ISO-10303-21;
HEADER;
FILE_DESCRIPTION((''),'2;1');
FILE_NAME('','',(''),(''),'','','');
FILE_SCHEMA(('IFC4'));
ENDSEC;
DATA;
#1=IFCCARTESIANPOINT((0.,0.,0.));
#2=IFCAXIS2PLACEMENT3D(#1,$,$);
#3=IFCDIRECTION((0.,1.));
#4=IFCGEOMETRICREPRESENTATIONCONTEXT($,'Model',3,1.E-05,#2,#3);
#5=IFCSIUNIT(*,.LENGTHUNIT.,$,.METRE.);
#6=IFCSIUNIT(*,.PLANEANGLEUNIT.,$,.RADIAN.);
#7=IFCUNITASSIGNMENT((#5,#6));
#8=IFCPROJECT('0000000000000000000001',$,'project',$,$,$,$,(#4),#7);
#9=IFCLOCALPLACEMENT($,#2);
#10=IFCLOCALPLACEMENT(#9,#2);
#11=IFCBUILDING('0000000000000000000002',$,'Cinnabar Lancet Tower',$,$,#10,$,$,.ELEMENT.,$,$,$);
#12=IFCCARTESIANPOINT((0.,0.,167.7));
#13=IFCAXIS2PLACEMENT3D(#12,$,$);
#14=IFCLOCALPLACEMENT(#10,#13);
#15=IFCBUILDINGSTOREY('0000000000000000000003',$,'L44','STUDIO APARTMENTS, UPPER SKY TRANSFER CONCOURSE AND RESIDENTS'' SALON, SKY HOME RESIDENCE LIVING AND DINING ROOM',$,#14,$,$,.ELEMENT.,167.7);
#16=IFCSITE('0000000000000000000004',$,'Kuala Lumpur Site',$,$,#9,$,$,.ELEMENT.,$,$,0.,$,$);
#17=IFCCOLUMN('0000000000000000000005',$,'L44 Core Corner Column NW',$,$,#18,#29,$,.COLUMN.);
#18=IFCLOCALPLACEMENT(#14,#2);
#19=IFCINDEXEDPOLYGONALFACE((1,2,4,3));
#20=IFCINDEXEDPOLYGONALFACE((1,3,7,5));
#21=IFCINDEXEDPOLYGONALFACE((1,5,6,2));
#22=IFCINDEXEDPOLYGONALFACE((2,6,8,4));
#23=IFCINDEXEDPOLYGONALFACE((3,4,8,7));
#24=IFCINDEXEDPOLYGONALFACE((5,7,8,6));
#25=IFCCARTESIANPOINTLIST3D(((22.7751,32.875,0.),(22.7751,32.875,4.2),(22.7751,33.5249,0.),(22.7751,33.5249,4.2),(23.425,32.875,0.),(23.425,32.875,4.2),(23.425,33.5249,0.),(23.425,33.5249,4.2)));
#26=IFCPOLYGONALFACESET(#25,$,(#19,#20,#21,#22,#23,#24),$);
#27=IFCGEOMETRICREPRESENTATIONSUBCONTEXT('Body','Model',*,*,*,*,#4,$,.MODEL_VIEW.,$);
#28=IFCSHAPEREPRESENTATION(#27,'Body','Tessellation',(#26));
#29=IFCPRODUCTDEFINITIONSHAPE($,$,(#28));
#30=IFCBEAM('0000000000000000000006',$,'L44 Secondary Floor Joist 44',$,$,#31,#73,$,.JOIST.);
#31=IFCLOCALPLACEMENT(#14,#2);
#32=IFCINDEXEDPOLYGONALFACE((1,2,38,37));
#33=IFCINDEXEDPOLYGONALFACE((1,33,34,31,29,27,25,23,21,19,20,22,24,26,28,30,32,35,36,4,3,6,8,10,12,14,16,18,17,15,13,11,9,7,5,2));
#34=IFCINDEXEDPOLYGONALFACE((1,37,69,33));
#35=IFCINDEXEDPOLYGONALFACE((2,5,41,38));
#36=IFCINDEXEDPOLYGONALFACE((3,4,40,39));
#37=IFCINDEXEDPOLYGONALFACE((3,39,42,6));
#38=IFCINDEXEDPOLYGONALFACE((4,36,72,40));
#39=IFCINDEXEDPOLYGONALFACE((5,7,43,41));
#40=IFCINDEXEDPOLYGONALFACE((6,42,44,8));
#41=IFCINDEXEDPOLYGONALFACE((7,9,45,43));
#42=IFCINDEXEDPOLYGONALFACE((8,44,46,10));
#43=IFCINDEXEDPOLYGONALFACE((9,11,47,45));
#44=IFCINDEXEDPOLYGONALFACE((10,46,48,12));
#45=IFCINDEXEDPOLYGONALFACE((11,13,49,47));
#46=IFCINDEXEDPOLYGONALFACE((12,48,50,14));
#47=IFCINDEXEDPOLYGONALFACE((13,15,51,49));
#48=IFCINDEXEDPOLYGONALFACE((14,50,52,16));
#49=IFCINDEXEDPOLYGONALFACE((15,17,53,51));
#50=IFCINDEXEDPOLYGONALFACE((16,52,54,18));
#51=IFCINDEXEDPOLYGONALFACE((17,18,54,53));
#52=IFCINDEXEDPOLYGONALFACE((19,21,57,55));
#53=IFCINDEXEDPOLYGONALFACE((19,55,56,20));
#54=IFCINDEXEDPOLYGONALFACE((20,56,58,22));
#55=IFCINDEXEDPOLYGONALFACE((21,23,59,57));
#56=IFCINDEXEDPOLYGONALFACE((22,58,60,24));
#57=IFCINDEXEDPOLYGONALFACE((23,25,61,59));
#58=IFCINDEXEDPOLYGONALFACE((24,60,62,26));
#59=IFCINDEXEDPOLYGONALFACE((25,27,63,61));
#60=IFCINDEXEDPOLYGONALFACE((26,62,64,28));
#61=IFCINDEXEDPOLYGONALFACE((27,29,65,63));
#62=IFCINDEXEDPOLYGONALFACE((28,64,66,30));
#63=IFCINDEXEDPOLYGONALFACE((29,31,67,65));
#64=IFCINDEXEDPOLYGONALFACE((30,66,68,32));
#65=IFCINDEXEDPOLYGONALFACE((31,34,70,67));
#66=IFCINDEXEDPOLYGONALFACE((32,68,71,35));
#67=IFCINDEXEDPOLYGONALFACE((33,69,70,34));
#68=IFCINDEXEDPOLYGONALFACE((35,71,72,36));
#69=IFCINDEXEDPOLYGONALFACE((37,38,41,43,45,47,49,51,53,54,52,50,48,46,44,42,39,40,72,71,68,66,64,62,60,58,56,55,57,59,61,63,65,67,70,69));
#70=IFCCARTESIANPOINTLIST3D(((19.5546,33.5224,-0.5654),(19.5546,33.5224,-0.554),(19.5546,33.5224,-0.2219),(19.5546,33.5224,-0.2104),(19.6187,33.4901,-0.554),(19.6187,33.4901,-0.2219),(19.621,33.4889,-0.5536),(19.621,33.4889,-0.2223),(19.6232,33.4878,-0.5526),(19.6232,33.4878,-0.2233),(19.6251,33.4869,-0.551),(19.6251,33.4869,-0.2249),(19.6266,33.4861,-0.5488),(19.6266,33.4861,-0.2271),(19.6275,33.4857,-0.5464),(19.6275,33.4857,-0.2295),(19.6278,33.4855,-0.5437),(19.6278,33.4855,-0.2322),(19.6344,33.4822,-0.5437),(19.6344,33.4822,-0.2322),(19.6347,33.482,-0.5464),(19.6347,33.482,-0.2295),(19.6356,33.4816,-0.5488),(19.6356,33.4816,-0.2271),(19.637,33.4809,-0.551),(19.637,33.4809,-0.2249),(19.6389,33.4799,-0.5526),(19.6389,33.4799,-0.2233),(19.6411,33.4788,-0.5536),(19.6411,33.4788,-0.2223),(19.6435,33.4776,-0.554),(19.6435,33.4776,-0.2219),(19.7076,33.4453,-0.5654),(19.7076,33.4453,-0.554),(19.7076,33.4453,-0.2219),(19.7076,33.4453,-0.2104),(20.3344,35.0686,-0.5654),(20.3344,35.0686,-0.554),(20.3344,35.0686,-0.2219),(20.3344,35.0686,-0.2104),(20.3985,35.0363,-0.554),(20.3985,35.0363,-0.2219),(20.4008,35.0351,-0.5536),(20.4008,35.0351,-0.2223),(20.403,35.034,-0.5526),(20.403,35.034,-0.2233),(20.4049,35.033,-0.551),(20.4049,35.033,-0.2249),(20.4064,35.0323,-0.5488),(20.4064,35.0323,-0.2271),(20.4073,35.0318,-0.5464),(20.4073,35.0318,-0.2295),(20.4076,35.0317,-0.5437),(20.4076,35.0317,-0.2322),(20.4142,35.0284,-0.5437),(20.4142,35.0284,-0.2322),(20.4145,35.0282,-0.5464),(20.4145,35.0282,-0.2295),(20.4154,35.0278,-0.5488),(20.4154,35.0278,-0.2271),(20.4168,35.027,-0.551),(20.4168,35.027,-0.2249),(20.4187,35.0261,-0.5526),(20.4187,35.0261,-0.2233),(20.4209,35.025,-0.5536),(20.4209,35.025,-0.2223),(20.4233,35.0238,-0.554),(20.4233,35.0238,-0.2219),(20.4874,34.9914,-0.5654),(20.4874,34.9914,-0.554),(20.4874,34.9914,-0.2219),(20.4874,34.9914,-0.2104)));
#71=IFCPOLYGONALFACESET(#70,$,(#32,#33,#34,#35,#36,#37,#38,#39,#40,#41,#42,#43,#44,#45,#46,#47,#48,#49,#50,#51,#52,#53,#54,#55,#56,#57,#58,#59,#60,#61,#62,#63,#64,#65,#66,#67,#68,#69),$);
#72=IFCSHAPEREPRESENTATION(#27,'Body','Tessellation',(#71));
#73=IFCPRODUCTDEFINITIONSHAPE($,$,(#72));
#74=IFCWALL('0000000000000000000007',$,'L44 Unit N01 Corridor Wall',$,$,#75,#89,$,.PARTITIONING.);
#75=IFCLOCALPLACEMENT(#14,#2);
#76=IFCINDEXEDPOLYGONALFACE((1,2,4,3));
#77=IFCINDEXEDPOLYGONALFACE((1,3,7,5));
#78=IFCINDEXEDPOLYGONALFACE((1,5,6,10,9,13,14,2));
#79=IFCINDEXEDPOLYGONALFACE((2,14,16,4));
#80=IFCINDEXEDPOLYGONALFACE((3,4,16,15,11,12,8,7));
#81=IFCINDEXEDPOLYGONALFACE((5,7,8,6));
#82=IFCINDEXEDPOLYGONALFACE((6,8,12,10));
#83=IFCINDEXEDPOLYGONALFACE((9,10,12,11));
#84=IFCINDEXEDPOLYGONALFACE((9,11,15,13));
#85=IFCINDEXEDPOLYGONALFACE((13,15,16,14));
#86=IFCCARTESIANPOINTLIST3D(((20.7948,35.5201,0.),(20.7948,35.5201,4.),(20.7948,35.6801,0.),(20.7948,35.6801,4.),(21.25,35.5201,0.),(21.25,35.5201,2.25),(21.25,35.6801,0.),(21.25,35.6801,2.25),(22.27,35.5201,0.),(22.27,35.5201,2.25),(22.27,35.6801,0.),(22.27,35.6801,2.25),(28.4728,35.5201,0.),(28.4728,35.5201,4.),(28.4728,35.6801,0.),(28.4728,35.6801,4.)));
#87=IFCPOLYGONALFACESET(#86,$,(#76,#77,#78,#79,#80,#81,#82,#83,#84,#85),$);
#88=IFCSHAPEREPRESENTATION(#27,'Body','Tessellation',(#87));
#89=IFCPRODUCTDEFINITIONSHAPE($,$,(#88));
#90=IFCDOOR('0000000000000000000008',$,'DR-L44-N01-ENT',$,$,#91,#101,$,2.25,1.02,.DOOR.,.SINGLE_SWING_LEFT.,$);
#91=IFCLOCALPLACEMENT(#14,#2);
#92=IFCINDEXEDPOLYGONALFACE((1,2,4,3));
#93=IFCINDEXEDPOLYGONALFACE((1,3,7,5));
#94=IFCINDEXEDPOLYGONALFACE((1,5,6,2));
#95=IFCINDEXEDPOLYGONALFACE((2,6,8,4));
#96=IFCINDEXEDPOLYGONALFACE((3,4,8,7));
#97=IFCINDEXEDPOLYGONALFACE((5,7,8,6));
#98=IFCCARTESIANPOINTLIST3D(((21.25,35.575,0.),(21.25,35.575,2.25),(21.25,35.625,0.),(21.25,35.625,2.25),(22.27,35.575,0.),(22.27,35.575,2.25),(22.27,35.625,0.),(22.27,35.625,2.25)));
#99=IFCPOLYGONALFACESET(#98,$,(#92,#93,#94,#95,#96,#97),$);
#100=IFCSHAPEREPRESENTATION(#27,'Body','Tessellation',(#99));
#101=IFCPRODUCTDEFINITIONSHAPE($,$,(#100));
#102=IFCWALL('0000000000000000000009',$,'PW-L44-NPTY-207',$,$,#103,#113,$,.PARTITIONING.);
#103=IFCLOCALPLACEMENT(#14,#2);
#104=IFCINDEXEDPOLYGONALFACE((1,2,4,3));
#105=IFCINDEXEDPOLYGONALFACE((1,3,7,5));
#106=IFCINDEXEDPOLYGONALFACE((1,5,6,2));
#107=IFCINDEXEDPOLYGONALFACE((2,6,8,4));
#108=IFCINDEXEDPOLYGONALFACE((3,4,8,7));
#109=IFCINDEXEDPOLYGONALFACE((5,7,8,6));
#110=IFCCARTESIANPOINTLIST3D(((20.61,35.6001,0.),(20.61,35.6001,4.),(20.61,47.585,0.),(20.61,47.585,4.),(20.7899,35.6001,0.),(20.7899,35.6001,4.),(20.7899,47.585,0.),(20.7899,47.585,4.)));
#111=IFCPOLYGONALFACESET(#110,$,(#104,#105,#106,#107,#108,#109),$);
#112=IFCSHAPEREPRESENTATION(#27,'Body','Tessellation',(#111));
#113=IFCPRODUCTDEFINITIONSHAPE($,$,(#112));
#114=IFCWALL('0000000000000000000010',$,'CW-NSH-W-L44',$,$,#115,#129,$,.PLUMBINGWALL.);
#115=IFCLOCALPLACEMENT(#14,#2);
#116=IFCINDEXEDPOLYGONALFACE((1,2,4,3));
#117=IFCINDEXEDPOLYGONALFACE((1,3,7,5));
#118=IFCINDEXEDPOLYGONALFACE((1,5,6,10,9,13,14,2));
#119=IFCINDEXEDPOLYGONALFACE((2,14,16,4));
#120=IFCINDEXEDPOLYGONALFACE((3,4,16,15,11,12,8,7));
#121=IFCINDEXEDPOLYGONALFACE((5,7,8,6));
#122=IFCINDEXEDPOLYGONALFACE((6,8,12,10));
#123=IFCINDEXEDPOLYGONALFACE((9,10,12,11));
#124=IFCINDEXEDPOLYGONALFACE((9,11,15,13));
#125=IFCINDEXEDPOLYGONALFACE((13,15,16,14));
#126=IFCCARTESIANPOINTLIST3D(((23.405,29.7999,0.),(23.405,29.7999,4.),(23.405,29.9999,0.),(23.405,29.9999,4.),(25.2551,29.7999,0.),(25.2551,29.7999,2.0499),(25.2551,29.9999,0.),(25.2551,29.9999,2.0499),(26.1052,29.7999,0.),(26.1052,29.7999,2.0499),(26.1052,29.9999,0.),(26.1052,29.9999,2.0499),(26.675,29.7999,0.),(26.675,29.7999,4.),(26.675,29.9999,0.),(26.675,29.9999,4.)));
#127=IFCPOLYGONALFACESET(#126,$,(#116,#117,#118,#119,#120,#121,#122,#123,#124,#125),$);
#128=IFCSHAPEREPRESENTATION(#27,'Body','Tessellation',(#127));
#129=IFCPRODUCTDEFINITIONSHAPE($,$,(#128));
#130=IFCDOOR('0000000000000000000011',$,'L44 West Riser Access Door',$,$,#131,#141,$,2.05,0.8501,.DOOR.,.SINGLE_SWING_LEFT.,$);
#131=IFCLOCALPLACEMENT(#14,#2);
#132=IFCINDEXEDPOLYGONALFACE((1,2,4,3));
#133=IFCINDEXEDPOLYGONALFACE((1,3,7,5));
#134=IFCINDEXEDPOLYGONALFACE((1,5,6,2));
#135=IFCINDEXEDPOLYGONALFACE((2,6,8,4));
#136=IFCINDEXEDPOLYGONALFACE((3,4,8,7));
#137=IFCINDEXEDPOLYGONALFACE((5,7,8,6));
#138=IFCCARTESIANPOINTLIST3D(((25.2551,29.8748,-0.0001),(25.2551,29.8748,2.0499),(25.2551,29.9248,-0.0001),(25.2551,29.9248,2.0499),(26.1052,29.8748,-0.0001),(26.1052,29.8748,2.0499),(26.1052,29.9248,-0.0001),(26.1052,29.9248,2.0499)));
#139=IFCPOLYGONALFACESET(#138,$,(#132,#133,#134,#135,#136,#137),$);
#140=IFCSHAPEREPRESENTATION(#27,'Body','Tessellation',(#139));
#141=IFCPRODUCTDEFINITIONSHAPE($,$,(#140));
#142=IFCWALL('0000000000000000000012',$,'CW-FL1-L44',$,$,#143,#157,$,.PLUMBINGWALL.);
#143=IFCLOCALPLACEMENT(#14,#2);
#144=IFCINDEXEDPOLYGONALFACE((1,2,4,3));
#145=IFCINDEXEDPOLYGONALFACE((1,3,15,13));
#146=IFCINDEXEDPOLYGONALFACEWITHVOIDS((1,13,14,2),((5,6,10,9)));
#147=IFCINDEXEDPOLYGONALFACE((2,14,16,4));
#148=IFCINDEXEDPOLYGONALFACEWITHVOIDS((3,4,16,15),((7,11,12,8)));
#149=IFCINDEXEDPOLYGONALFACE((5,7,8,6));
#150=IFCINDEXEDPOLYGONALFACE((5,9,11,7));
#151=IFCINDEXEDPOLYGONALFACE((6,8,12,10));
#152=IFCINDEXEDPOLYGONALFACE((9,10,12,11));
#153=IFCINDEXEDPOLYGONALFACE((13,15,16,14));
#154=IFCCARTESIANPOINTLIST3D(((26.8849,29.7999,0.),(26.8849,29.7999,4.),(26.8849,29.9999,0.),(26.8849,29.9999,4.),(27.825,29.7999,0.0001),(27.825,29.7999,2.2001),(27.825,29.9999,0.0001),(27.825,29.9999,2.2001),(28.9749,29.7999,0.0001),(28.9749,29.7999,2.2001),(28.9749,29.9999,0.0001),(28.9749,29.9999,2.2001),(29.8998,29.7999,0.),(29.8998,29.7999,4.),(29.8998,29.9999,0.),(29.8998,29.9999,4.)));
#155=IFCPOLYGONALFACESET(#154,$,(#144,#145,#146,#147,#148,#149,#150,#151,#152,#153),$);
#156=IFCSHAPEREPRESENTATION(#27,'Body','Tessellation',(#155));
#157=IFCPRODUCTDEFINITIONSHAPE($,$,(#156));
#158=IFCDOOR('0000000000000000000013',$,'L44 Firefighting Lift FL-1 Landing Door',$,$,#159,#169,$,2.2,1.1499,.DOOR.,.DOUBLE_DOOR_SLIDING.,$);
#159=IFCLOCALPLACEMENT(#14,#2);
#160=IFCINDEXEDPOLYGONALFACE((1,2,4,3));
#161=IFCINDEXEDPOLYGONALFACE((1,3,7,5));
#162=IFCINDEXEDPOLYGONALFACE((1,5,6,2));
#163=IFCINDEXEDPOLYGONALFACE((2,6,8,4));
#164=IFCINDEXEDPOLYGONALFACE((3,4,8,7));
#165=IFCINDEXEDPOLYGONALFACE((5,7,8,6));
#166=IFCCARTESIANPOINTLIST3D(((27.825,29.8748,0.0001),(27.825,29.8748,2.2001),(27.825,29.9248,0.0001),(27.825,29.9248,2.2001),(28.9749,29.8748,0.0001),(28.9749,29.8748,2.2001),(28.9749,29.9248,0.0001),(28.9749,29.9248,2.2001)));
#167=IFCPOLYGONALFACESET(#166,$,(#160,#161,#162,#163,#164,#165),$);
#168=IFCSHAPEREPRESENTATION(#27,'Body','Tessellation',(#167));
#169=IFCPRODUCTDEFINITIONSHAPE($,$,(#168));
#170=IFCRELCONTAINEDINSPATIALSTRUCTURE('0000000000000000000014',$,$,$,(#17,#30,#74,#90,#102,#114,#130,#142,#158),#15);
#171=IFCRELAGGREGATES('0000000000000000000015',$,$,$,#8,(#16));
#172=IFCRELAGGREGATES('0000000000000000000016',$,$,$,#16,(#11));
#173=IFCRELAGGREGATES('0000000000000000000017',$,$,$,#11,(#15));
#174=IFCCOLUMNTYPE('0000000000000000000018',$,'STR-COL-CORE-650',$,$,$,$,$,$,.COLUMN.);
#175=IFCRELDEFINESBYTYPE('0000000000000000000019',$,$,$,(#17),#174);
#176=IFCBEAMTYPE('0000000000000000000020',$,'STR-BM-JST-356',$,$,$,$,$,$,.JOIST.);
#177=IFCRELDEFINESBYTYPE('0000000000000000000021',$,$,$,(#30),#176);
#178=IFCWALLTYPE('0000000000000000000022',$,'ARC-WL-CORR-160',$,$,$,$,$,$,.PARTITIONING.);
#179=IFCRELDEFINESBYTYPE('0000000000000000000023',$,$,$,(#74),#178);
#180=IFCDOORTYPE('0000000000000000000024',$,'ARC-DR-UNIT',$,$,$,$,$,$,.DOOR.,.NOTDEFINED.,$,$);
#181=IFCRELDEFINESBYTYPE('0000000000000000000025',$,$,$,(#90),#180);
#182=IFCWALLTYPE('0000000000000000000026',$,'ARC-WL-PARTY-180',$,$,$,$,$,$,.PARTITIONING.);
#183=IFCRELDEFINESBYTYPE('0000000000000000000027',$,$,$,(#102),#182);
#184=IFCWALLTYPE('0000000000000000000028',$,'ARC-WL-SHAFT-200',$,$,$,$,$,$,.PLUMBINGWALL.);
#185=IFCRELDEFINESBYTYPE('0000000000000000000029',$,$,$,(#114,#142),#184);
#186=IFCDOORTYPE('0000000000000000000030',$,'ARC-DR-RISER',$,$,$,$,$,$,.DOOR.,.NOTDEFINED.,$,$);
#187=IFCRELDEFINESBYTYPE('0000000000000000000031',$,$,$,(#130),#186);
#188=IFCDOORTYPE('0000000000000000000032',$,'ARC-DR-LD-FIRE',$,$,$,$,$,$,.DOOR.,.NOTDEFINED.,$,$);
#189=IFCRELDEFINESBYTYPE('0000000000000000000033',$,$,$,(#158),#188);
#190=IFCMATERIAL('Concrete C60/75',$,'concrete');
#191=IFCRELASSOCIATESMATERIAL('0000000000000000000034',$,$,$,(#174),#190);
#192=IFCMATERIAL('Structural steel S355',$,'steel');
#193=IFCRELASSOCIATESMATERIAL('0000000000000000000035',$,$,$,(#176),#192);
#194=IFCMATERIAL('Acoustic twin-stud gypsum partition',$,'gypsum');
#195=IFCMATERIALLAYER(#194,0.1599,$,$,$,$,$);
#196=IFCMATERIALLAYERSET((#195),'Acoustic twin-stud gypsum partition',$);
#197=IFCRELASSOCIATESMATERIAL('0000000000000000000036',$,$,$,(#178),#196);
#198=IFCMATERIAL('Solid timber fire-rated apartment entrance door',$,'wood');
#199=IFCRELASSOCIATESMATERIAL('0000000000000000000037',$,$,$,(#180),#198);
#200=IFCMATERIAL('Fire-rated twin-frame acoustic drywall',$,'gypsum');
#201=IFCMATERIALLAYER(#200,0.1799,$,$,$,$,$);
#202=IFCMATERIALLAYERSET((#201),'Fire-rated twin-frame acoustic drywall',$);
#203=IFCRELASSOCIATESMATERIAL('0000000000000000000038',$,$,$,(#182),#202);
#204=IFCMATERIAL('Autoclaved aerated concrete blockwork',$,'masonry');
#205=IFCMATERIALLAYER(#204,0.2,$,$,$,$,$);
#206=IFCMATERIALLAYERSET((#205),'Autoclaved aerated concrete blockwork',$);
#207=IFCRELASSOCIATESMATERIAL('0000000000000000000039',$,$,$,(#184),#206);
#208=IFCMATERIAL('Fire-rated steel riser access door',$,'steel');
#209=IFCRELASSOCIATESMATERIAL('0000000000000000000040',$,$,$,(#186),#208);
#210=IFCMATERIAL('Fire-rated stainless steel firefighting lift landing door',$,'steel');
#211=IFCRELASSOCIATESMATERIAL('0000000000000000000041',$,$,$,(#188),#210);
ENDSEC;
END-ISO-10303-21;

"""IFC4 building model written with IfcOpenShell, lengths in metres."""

from ifc_helpers import new_model, si_unit, direction, frame, frame_2d, origin, origin_2d, place, context, subcontext, project, spatial, rectangle, i_section, extrude, material, layer, layer_set, material_profile, profile_set, type_object, element, fill, save


model = new_model("IFC4")

# Units and contexts
model_context = context("Model", 3, precision=1e-05, world=origin(), true_north=direction((0.0, 1.0)))
body_context = subcontext(model_context, "Body", "Model", "MODEL_VIEW")
ifc_project = project(units=[si_unit("LENGTHUNIT", "METRE"), si_unit("PLANEANGLEUNIT", "RADIAN")], contexts=[model_context])

# Site, building, storey
site_placement = place(None, origin())
site = spatial("IfcSite", under=ifc_project, at=site_placement, Name="Kuala Lumpur Site", CompositionType="ELEMENT", RefElevation=0.0)
building_placement = place(site_placement, origin())
building = spatial("IfcBuilding", under=site, at=building_placement, Name="Cinnabar Lancet Tower", CompositionType="ELEMENT")
storey_placement = place(building_placement, frame((0.0, 0.0, 167.7)))
storey = spatial("IfcBuildingStorey", under=building, at=storey_placement, Name="L44", Description="STUDIO APARTMENTS, UPPER SKY TRANSFER CONCOURSE AND RESIDENTS' SALON, SKY HOME RESIDENCE LIVING AND DINING ROOM", CompositionType="ELEMENT", Elevation=167.7)

# Column
ifc_material_1 = material(Name="Concrete C60/75", Category="concrete")
ifc_material_profile_1 = material_profile(ifc_material_1, rectangle(XDim=0.6499, YDim=0.6499, at=origin_2d()), Name="RC-COL 650x650")
ifc_profile_set_1 = profile_set([ifc_material_profile_1], Name="Concrete C60/75")
column_type = type_object("IfcColumnType", Name="STR-COL-CORE-650", PredefinedType="COLUMN", material=ifc_profile_set_1)
column_placement = place(storey_placement, frame((23.1001, 33.2, 0.0), z_axis=(0.0, 0.0, 1.0), x_axis=(1.0, 0.0, 0.0)))
element("IfcColumn", 1, at=column_placement, inside=storey, type_object=column_type, Name="L44 Core Corner Column NW", PredefinedType="COLUMN", context=body_context, shape_type="SweptSolid", body=[
    extrude(rectangle(XDim=0.6499, YDim=0.6499, at=origin_2d()), origin(), (0.0, 0.0, 1.0), 4.2),
])

# Beam
ifc_material_2 = material(Name="Structural steel S355", Category="steel")
ifc_material_profile_2 = material_profile(ifc_material_2, i_section(OverallWidth=0.1714, OverallDepth=0.355, WebThickness=0.0073, FlangeThickness=0.0115, FilletRadius=0.0103, at=origin_2d()), Name="UKB 356x171x51")
ifc_profile_set_2 = profile_set([ifc_material_profile_2], Name="Structural steel S355")
beam_type = type_object("IfcBeamType", Name="STR-BM-JST-356", PredefinedType="JOIST", material=ifc_profile_set_2)
beam_placement = place(storey_placement, frame((20.4109, 35.03, -0.3879), z_axis=(-0.450313, -0.892871, 0.0), x_axis=(0.892871, -0.450313, 0.0)))
element("IfcBeam", 2, at=beam_placement, inside=storey, type_object=beam_type, Name="L44 Secondary Floor Joist 44", PredefinedType="JOIST", context=body_context, shape_type="SweptSolid", body=[
    extrude(i_section(OverallWidth=0.1714, OverallDepth=0.355, WebThickness=0.0073, FlangeThickness=0.0115, FilletRadius=0.0103, at=origin_2d()), origin(), (0.0, 0.0, 1.0), 1.7317),
])

# Wall, opening, door
ifc_material_3 = material(Name="Acoustic twin-stud gypsum partition", Category="gypsum")
ifc_layer_1 = layer(ifc_material_3, 0.1599)
ifc_layer_set_1 = layer_set([ifc_layer_1], Name="Acoustic twin-stud gypsum partition")
wall_type_1 = type_object("IfcWallType", Name="ARC-WL-CORR-160", PredefinedType="PARTITIONING", material=ifc_layer_set_1)
wall_1_placement = place(storey_placement, frame((20.7949, 35.6001, 0.0), z_axis=(0.0, 0.0, 1.0), x_axis=(1.0, 0.0, 0.0)))
wall_1 = element("IfcWall", 3, at=wall_1_placement, inside=storey, type_object=wall_type_1, Name="L44 Unit N01 Corridor Wall", PredefinedType="PARTITIONING", context=body_context, shape_type="SweptSolid", body=[
    extrude(rectangle(XDim=7.678, YDim=0.1599, at=frame_2d((3.8389, 0.0))), origin(), (0.0, 0.0, 1.0), 4.0),
])
opening_1_placement = place(wall_1_placement, frame((0.4551, 0.0, 0.0)))
opening_1 = element("IfcOpeningElement", 4, at=opening_1_placement, cuts=wall_1, PredefinedType="OPENING", context=body_context, shape_type="SweptSolid", body=[
    extrude(rectangle(XDim=1.02, YDim=2.25, at=frame_2d((0.51, 1.125))), frame((0.0, 0.0898, 0.0), z_axis=(0.0, -1.0, 0.0), x_axis=(1.0, 0.0, 0.0)), (0.0, 0.0, 1.0), 0.1799),
])
ifc_material_4 = material(Name="Solid timber fire-rated apartment entrance door", Category="wood")
door_type_1 = type_object("IfcDoorType", Name="ARC-DR-UNIT", OperationType="NOTDEFINED", PredefinedType="DOOR", material=ifc_material_4)
door_1_placement = place(opening_1_placement, origin())
door_1 = element("IfcDoor", 5, at=door_1_placement, inside=storey, type_object=door_type_1, Name="DR-L44-N01-ENT", OperationType="SINGLE_SWING_LEFT", OverallHeight=2.25, OverallWidth=1.02, PredefinedType="DOOR", context=body_context, shape_type="SweptSolid", body=[
    extrude(rectangle(XDim=1.02, YDim=2.25, at=frame_2d((0.51, 1.125))), frame((0.0, 0.0249, 0.0), z_axis=(0.0, -1.0, 0.0), x_axis=(1.0, 0.0, 0.0)), (0.0, 0.0, 1.0), 0.05),
])
fill(opening_1, door_1)

# Wall
ifc_material_5 = material(Name="Fire-rated twin-frame acoustic drywall", Category="gypsum")
ifc_layer_2 = layer(ifc_material_5, 0.1799)
ifc_layer_set_2 = layer_set([ifc_layer_2], Name="Fire-rated twin-frame acoustic drywall")
wall_type_2 = type_object("IfcWallType", Name="ARC-WL-PARTY-180", PredefinedType="PARTITIONING", material=ifc_layer_set_2)
wall_2_placement = place(storey_placement, frame((20.7, 35.6001, 0.0), z_axis=(0.0, 0.0, 1.0), x_axis=(0.0, 1.0, 0.0)))
element("IfcWall", 6, at=wall_2_placement, inside=storey, type_object=wall_type_2, Name="PW-L44-NPTY-207", PredefinedType="PARTITIONING", context=body_context, shape_type="SweptSolid", body=[
    extrude(rectangle(XDim=11.9849, YDim=0.1799, at=frame_2d((5.9924, 0.0))), origin(), (0.0, 0.0, 1.0), 4.0),
])

# Walls, openings, doors
ifc_material_6 = material(Name="Autoclaved aerated concrete blockwork", Category="masonry")
ifc_layer_3 = layer(ifc_material_6, 0.2)
ifc_layer_set_3 = layer_set([ifc_layer_3], Name="Autoclaved aerated concrete blockwork")
wall_type_3 = type_object("IfcWallType", Name="ARC-WL-SHAFT-200", PredefinedType="PLUMBINGWALL", material=ifc_layer_set_3)
wall_3_placement = place(storey_placement, frame((23.405, 29.8999, 0.0), z_axis=(0.0, 0.0, 1.0), x_axis=(1.0, 0.0, 0.0)))
wall_3 = element("IfcWall", 7, at=wall_3_placement, inside=storey, type_object=wall_type_3, Name="CW-NSH-W-L44", PredefinedType="PLUMBINGWALL", context=body_context, shape_type="SweptSolid", body=[
    extrude(rectangle(XDim=3.27, YDim=0.2, at=frame_2d((1.635, 0.0))), origin(), (0.0, 0.0, 1.0), 4.0),
])
opening_2_placement = place(wall_3_placement, frame((1.8501, 0.0, 0.0)))
opening_2 = element("IfcOpeningElement", 8, at=opening_2_placement, cuts=wall_3, PredefinedType="OPENING", context=body_context, shape_type="SweptSolid", body=[
    extrude(rectangle(XDim=0.8501, YDim=2.05, at=frame_2d((0.425, 1.0249))), frame((0.0, 0.1099, 0.0), z_axis=(0.0, -1.0, 0.0), x_axis=(1.0, 0.0, 0.0)), (0.0, 0.0, 1.0), 0.22),
])
ifc_material_7 = material(Name="Fire-rated steel riser access door", Category="steel")
door_type_2 = type_object("IfcDoorType", Name="ARC-DR-RISER", OperationType="NOTDEFINED", PredefinedType="DOOR", material=ifc_material_7)
door_2_placement = place(opening_2_placement, origin())
door_2 = element("IfcDoor", 9, at=door_2_placement, inside=storey, type_object=door_type_2, Name="L44 West Riser Access Door", OperationType="SINGLE_SWING_LEFT", OverallHeight=2.05, OverallWidth=0.8501, PredefinedType="DOOR", context=body_context, shape_type="SweptSolid", body=[
    extrude(rectangle(XDim=0.8501, YDim=2.05, at=frame_2d((0.425, 1.0249))), frame((0.0, 0.0249, 0.0), z_axis=(0.0, -1.0, 0.0), x_axis=(1.0, 0.0, 0.0)), (0.0, 0.0, 1.0), 0.05),
])
fill(opening_2, door_2)
wall_4_placement = place(storey_placement, frame((26.885, 29.8999, 0.0), z_axis=(0.0, 0.0, 1.0), x_axis=(1.0, 0.0, 0.0)))
wall_4 = element("IfcWall", 10, at=wall_4_placement, inside=storey, type_object=wall_type_3, Name="CW-FL1-L44", PredefinedType="PLUMBINGWALL", context=body_context, shape_type="SweptSolid", body=[
    extrude(rectangle(XDim=3.0149, YDim=0.2, at=frame_2d((1.5073, 0.0))), origin(), (0.0, 0.0, 1.0), 4.0),
])
opening_3_placement = place(wall_4_placement, frame((0.9399, 0.0, 0.0)))
opening_3 = element("IfcOpeningElement", 11, at=opening_3_placement, cuts=wall_4, PredefinedType="OPENING", context=body_context, shape_type="SweptSolid", body=[
    extrude(rectangle(XDim=1.1499, YDim=2.2, at=frame_2d((0.575, 1.1001))), frame((0.0, 0.1099, 0.0), z_axis=(0.0, -1.0, 0.0), x_axis=(1.0, 0.0, 0.0)), (0.0, 0.0, 1.0), 0.22),
])
ifc_material_8 = material(Name="Fire-rated stainless steel firefighting lift landing door", Category="steel")
door_type_3 = type_object("IfcDoorType", Name="ARC-DR-LD-FIRE", OperationType="NOTDEFINED", PredefinedType="DOOR", material=ifc_material_8)
door_3_placement = place(opening_3_placement, origin())
door_3 = element("IfcDoor", 12, at=door_3_placement, inside=storey, type_object=door_type_3, Name="L44 Firefighting Lift FL-1 Landing Door", OperationType="DOUBLE_DOOR_SLIDING", OverallHeight=2.2, OverallWidth=1.1499, PredefinedType="DOOR", context=body_context, shape_type="SweptSolid", body=[
    extrude(rectangle(XDim=1.1499, YDim=2.2, at=frame_2d((0.575, 1.1001))), frame((0.0, 0.0249, 0.0), z_axis=(0.0, -1.0, 0.0), x_axis=(1.0, 0.0, 0.0)), (0.0, 0.0, 1.0), 0.05),
])
fill(opening_3, door_3)

save(model, "model.ifc")
